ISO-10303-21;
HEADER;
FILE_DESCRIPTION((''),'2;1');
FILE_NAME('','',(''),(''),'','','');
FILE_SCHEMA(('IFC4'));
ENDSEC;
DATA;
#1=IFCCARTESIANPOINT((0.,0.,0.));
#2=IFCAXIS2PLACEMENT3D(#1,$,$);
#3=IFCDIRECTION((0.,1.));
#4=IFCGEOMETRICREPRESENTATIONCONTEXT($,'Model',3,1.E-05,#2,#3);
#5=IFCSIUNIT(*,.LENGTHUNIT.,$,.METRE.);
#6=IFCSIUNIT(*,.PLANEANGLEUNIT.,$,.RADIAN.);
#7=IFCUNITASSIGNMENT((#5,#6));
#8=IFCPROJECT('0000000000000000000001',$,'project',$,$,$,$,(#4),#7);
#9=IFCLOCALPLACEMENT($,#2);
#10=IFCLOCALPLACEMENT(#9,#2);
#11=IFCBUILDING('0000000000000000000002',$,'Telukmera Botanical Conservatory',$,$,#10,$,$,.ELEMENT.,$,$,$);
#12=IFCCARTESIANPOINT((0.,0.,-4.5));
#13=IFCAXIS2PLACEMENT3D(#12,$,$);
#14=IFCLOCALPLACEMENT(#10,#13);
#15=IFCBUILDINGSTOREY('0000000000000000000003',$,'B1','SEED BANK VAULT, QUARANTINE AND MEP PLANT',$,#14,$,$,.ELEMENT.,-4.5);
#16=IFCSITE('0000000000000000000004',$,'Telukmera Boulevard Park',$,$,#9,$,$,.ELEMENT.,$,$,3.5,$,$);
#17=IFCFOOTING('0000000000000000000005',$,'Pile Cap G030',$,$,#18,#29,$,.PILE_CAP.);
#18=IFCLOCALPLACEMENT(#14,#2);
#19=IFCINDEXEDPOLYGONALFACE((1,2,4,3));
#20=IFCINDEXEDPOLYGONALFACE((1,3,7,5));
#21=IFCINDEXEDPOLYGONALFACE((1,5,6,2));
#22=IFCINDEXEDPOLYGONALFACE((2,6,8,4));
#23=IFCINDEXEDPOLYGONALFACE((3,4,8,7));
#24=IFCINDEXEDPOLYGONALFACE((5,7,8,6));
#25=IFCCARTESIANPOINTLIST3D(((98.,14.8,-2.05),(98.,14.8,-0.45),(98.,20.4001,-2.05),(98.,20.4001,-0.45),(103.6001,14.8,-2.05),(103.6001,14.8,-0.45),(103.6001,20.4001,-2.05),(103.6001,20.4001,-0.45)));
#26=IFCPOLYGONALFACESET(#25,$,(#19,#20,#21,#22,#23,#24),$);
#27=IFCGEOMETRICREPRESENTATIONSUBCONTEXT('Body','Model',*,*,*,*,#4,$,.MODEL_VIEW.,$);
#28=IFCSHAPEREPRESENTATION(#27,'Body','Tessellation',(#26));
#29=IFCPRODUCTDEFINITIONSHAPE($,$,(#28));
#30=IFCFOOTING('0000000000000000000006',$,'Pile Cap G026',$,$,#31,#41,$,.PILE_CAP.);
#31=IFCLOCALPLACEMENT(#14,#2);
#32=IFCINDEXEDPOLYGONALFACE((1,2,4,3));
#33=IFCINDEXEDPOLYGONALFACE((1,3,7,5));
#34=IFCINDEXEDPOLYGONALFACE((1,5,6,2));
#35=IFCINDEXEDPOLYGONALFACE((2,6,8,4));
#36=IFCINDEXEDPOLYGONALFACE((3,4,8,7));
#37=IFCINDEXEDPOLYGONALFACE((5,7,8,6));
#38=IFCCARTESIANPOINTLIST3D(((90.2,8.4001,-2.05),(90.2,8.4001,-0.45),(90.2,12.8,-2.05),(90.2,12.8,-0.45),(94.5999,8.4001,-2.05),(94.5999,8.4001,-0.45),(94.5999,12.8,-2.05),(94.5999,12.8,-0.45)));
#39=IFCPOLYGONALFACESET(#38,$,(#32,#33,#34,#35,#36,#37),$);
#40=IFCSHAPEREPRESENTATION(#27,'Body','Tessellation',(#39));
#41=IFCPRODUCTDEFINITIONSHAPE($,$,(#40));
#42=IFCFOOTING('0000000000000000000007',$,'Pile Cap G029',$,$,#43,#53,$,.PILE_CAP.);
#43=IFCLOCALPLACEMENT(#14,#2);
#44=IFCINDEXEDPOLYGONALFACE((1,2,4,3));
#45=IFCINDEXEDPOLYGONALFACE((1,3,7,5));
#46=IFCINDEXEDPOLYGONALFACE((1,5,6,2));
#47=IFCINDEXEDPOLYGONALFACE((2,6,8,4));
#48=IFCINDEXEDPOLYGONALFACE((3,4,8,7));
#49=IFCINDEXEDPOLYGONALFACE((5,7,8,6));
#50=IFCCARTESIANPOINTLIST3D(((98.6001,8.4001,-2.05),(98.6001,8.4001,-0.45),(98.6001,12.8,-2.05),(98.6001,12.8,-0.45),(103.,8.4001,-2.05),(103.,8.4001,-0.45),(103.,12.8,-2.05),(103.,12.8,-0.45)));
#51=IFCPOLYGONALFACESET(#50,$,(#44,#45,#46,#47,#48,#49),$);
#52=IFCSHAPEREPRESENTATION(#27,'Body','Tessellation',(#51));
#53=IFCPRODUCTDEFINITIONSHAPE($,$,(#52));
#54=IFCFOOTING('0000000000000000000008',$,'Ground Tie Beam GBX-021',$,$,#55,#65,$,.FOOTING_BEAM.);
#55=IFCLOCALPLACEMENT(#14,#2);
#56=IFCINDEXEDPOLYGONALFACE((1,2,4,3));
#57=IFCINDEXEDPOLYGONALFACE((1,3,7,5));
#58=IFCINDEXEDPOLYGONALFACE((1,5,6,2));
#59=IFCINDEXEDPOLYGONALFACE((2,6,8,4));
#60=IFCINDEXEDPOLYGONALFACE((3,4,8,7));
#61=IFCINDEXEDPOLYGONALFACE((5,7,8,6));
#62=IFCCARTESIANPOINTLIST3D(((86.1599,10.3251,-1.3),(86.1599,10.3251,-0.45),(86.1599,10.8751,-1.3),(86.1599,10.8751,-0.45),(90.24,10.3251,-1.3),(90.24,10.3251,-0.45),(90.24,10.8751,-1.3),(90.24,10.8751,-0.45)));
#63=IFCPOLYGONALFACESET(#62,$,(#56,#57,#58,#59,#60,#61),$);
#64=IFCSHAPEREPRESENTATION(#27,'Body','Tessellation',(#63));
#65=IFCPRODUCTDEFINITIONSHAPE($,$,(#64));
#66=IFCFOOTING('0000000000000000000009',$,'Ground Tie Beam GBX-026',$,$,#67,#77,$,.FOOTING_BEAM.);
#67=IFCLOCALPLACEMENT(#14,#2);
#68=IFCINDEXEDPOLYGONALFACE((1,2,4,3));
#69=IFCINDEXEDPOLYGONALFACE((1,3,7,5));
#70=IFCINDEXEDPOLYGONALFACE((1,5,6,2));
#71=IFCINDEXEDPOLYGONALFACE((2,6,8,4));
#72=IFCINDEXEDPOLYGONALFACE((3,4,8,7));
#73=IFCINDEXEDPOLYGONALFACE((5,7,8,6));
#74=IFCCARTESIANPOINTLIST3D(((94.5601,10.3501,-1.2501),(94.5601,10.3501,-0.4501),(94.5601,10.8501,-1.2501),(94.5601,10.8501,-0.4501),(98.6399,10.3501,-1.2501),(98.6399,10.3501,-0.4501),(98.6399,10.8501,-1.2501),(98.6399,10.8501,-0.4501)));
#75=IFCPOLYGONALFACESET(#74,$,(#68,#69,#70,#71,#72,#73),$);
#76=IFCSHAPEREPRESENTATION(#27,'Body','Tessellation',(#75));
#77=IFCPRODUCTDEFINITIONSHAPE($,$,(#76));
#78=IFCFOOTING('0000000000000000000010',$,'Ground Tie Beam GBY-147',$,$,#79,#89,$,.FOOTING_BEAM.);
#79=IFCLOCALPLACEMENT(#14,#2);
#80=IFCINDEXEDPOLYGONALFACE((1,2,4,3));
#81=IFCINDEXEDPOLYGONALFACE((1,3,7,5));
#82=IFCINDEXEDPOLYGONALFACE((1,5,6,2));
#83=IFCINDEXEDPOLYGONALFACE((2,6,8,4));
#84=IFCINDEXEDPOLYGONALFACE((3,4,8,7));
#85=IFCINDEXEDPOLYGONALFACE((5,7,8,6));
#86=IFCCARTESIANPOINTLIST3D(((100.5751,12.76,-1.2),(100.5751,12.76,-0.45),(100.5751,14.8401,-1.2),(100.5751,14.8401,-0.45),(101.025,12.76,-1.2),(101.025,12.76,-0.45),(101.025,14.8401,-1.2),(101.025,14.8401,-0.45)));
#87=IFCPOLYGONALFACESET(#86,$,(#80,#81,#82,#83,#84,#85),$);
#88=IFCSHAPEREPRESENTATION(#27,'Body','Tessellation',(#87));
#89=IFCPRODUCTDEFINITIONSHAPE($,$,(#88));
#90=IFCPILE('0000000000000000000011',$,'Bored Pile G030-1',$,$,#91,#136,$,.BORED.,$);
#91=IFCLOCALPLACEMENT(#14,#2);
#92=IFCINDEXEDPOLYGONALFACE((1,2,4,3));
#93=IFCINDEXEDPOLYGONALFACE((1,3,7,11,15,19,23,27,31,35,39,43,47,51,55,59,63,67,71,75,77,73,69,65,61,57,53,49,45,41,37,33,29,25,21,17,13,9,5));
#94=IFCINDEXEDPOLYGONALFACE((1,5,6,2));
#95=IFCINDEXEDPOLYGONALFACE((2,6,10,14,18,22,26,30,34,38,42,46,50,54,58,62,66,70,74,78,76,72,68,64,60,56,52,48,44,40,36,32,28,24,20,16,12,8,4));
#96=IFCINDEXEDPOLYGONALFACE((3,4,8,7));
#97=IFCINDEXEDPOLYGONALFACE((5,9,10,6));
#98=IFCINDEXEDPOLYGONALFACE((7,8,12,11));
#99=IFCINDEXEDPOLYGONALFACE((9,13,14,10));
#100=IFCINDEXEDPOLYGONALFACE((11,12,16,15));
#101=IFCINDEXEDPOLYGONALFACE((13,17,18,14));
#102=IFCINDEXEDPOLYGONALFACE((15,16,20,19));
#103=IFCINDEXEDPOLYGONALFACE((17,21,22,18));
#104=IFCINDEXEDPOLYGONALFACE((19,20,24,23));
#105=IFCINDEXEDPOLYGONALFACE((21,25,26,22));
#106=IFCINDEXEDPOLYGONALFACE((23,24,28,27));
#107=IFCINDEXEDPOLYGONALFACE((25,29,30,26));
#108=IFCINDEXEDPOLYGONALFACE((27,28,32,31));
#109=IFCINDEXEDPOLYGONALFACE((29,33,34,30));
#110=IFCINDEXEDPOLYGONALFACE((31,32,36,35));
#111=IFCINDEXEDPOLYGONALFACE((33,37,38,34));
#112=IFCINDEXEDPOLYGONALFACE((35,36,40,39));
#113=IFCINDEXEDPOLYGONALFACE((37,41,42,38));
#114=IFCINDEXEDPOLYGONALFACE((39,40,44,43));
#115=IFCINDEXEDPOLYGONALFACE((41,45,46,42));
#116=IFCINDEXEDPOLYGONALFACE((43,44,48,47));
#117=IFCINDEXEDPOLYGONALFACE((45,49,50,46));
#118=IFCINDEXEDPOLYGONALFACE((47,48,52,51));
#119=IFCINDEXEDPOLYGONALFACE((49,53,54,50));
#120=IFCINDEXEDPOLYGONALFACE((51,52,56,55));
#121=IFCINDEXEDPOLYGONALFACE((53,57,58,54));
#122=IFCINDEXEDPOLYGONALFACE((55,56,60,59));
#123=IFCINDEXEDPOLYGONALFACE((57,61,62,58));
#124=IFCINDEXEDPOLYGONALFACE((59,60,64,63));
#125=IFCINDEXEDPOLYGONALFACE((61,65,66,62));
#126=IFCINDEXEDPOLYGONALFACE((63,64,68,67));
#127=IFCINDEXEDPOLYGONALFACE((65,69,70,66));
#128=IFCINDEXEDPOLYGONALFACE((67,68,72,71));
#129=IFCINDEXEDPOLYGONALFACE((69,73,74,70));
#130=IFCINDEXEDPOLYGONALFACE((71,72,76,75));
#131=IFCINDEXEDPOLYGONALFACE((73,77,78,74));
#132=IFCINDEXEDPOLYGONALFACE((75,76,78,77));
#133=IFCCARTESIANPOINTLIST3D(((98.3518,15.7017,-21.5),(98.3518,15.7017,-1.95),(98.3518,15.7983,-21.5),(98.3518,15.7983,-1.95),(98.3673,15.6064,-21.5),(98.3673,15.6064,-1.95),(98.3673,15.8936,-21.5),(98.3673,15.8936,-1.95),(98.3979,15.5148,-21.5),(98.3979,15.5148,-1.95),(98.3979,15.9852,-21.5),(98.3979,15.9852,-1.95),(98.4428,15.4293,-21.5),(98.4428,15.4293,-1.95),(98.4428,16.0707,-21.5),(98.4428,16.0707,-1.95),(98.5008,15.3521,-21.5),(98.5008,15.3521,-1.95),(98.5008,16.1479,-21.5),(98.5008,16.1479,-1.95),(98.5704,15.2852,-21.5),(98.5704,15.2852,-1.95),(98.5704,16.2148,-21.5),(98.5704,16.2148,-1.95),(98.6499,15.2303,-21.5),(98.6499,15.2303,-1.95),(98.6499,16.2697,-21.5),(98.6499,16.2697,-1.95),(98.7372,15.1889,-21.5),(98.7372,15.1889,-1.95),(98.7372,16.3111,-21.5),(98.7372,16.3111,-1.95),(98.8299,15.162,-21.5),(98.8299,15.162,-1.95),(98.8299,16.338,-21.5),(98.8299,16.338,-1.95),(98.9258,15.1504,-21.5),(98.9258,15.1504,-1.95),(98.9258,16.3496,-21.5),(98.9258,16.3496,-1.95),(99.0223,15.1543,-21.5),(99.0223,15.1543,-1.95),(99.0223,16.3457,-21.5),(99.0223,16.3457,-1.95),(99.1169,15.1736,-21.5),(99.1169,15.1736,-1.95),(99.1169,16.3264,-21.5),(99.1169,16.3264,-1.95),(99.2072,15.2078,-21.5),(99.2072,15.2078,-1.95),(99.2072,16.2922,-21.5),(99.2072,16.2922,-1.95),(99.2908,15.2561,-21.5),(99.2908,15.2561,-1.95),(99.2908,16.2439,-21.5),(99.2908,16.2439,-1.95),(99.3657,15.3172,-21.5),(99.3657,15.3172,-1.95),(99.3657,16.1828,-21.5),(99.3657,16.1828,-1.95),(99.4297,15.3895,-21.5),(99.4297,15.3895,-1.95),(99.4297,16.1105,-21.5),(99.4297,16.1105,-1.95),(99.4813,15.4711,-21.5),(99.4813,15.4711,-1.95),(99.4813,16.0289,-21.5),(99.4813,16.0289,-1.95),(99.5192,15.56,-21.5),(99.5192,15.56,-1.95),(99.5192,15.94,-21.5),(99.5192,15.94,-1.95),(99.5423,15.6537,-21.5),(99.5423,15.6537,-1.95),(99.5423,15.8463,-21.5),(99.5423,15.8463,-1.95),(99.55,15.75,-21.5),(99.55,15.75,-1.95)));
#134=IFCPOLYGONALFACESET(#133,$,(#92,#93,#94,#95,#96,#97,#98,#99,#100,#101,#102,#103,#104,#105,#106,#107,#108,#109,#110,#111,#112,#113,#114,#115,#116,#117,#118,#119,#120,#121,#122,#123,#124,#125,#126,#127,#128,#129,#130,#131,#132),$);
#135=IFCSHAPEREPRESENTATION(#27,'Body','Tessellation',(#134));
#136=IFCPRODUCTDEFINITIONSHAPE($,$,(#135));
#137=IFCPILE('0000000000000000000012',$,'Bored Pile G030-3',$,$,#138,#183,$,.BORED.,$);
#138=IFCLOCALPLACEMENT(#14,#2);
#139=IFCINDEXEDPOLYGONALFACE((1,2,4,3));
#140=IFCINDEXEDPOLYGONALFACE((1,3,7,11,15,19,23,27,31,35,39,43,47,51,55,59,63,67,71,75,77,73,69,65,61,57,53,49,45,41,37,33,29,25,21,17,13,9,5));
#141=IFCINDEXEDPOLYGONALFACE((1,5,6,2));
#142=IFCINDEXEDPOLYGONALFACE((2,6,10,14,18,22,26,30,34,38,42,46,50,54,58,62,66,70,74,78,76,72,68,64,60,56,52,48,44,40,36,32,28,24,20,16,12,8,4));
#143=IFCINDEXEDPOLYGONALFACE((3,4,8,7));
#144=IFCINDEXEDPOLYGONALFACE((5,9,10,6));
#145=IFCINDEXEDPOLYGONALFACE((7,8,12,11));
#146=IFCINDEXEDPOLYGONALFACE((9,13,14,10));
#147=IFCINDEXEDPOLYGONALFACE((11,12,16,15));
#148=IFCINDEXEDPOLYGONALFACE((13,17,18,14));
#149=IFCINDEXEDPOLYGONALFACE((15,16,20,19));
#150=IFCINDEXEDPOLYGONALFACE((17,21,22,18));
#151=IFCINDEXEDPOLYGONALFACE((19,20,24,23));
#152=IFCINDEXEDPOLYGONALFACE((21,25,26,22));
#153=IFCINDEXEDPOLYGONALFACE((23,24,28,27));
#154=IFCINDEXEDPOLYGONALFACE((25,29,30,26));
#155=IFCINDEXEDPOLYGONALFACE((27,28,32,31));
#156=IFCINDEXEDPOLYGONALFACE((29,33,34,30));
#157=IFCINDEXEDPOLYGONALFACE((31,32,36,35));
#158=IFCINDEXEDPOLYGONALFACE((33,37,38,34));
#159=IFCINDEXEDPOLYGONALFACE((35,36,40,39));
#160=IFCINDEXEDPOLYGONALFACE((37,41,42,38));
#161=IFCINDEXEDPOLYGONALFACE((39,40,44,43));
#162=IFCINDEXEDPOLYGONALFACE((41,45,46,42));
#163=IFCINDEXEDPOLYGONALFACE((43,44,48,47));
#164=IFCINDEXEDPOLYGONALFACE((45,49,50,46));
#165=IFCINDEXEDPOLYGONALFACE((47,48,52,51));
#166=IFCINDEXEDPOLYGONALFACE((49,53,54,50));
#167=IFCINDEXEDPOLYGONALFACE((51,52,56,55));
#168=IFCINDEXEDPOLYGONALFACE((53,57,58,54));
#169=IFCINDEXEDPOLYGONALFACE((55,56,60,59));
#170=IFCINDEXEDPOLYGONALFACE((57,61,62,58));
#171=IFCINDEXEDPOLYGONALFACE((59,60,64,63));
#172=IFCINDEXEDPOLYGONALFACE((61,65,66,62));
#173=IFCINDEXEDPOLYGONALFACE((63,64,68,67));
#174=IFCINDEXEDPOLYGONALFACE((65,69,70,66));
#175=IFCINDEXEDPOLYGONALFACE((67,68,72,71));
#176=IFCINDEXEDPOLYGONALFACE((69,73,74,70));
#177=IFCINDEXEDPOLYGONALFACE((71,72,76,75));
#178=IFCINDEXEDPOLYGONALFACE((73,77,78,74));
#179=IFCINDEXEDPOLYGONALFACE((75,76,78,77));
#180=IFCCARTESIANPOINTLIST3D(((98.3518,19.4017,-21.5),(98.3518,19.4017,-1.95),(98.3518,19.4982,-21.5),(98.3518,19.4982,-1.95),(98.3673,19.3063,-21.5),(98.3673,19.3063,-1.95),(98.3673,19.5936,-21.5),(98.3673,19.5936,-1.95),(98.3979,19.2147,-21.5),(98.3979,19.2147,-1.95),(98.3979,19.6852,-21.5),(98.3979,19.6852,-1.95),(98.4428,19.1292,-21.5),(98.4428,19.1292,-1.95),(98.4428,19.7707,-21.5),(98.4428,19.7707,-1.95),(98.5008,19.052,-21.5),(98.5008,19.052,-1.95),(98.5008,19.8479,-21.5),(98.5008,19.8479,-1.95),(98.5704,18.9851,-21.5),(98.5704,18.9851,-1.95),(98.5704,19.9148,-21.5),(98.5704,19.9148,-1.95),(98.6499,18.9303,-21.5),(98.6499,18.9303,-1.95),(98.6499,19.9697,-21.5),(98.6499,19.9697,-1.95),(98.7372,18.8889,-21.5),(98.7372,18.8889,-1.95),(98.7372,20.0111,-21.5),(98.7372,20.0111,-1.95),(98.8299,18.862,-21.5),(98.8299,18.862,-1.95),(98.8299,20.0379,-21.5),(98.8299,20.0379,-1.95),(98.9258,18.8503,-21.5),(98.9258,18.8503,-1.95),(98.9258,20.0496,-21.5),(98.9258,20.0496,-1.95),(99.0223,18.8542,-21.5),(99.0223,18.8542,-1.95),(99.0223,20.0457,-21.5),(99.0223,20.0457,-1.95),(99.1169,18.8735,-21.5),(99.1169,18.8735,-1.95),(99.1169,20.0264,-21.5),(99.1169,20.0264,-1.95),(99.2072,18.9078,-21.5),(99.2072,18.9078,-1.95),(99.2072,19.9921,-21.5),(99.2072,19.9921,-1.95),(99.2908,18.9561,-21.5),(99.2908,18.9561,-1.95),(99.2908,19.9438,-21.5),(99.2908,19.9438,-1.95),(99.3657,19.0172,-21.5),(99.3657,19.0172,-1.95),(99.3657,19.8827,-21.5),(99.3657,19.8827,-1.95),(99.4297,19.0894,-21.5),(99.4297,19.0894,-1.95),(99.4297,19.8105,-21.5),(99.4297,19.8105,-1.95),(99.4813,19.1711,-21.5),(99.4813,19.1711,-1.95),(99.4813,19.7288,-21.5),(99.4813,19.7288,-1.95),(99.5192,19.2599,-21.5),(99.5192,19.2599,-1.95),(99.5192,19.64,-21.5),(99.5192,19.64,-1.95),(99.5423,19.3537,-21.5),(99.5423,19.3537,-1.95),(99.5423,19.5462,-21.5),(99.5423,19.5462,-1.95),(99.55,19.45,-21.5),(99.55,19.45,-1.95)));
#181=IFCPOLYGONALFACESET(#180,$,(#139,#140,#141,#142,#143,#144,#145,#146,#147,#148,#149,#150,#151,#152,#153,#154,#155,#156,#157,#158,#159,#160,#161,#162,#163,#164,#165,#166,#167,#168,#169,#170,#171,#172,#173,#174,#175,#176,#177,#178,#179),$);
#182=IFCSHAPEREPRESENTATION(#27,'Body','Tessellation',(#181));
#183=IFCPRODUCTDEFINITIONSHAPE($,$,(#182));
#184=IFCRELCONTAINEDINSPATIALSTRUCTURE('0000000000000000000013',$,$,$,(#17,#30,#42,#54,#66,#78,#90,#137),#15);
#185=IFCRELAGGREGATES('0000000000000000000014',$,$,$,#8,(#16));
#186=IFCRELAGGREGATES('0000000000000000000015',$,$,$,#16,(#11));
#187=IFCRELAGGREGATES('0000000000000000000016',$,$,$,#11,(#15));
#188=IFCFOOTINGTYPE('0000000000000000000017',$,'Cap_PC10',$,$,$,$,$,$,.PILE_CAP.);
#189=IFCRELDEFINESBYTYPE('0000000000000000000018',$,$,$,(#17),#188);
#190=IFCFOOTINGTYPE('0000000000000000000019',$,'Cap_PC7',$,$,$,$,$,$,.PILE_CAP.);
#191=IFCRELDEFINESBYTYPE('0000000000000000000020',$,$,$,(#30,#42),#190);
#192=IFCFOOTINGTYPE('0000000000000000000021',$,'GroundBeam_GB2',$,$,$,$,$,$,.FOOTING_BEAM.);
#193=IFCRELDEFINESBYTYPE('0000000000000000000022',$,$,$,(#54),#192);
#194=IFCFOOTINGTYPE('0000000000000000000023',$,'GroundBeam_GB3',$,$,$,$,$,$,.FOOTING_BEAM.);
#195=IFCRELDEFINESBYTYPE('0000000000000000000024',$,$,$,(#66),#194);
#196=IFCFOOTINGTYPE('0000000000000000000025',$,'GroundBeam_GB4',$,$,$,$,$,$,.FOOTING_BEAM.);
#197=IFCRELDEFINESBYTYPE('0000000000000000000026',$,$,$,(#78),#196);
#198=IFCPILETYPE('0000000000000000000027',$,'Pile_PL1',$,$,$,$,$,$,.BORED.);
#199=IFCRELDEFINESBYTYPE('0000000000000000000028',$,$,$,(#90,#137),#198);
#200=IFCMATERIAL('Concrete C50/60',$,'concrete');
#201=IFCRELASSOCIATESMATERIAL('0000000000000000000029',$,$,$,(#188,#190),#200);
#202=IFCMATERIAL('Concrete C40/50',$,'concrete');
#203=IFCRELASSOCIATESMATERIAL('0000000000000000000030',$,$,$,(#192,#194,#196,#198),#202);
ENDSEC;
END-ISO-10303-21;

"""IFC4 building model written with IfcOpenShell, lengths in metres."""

from ifc_helpers import new_model, si_unit, direction, frame, origin, origin_2d, place, context, subcontext, project, spatial, rectangle, circle, extrude, material, material_profile, profile_set, type_object, element, save


model = new_model("IFC4")

# Units and contexts
model_context = context("Model", 3, precision=1e-05, world=origin(), true_north=direction((0.0, 1.0)))
body_context = subcontext(model_context, "Body", "Model", "MODEL_VIEW")
ifc_project = project(units=[si_unit("LENGTHUNIT", "METRE"), si_unit("PLANEANGLEUNIT", "RADIAN")], contexts=[model_context])

# Site, building, storey
site_placement = place(None, origin())
site = spatial("IfcSite", under=ifc_project, at=site_placement, Name="Telukmera Boulevard Park", CompositionType="ELEMENT", RefElevation=3.5)
building_placement = place(site_placement, origin())
building = spatial("IfcBuilding", under=site, at=building_placement, Name="Telukmera Botanical Conservatory", CompositionType="ELEMENT")
storey_placement = place(building_placement, frame((0.0, 0.0, -4.5)))
storey = spatial("IfcBuildingStorey", under=building, at=storey_placement, Name="B1", Description="SEED BANK VAULT, QUARANTINE AND MEP PLANT", CompositionType="ELEMENT", Elevation=-4.5)

# Footings
ifc_material_1 = material(Name="Concrete C50/60", Category="concrete")
footing_type_1 = type_object("IfcFootingType", Name="Cap_PC10", PredefinedType="PILE_CAP", material=ifc_material_1)
footing_1_placement = place(storey_placement, frame((100.8, 17.6001, -2.05), z_axis=(0.0, 0.0, 1.0), x_axis=(1.0, 0.0, 0.0)))
element("IfcFooting", 1, at=footing_1_placement, inside=storey, type_object=footing_type_1, Name="Pile Cap G030", PredefinedType="PILE_CAP", context=body_context, shape_type="SweptSolid", body=[
    extrude(rectangle(XDim=5.6001, YDim=5.6001, at=origin_2d()), origin(), (0.0, 0.0, 1.0), 1.6001),
])
footing_type_2 = type_object("IfcFootingType", Name="Cap_PC7", PredefinedType="PILE_CAP", material=ifc_material_1)
for number, where, z_axis, x_axis, name in (
    (2, (92.3999, 10.6001, -2.05), (0.0, 0.0, 1.0), (1.0, 0.0, 0.0), "Pile Cap G026"),
    (3, (100.8, 10.6001, -2.05), (0.0, 0.0, 1.0), (1.0, 0.0, 0.0), "Pile Cap G029"),
):
    element("IfcFooting", number, at=place(storey_placement, frame(where, z_axis=z_axis, x_axis=x_axis)), inside=storey, type_object=footing_type_2, Name=name, PredefinedType="PILE_CAP", context=body_context, shape_type="SweptSolid", body=[
        extrude(rectangle(XDim=4.3999, YDim=4.3999, at=origin_2d()), origin(), (0.0, 0.0, 1.0), 1.6001),
    ])
ifc_material_2 = material(Name="Concrete C40/50", Category="concrete")
ifc_material_profile_1 = material_profile(ifc_material_2, rectangle(XDim=0.55, YDim=0.8501, at=origin_2d()), Name="RC 550x850")
ifc_profile_set_1 = profile_set([ifc_material_profile_1], Name="Concrete C40/50")
footing_type_3 = type_object("IfcFootingType", Name="GroundBeam_GB2", PredefinedType="FOOTING_BEAM", material=ifc_profile_set_1)
footing_2_placement = place(storey_placement, frame((86.1599, 10.6001, -0.875), z_axis=(1.0, 0.0, 0.0), x_axis=(0.0, 1.0, 0.0)))
element("IfcFooting", 4, at=footing_2_placement, inside=storey, type_object=footing_type_3, Name="Ground Tie Beam GBX-021", PredefinedType="FOOTING_BEAM", context=body_context, shape_type="SweptSolid", body=[
    extrude(rectangle(XDim=0.55, YDim=0.8501, at=origin_2d()), origin(), (0.0, 0.0, 1.0), 4.0801),
])
ifc_material_profile_2 = material_profile(ifc_material_2, rectangle(XDim=0.5, YDim=0.8, at=origin_2d()), Name="RC 500x800")
ifc_profile_set_2 = profile_set([ifc_material_profile_2], Name="Concrete C40/50")
footing_type_4 = type_object("IfcFootingType", Name="GroundBeam_GB3", PredefinedType="FOOTING_BEAM", material=ifc_profile_set_2)
footing_3_placement = place(storey_placement, frame((94.5601, 10.6001, -0.8501), z_axis=(1.0, 0.0, 0.0), x_axis=(0.0, 1.0, 0.0)))
element("IfcFooting", 5, at=footing_3_placement, inside=storey, type_object=footing_type_4, Name="Ground Tie Beam GBX-026", PredefinedType="FOOTING_BEAM", context=body_context, shape_type="SweptSolid", body=[
    extrude(rectangle(XDim=0.5, YDim=0.8, at=origin_2d()), origin(), (0.0, 0.0, 1.0), 4.0798),
])
ifc_material_profile_3 = material_profile(ifc_material_2, rectangle(XDim=0.45, YDim=0.75, at=origin_2d()), Name="RC 450x750")
ifc_profile_set_3 = profile_set([ifc_material_profile_3], Name="Concrete C40/50")
footing_type_5 = type_object("IfcFootingType", Name="GroundBeam_GB4", PredefinedType="FOOTING_BEAM", material=ifc_profile_set_3)
footing_4_placement = place(storey_placement, frame((100.8, 12.76, -0.825), z_axis=(0.0, 1.0, 0.0), x_axis=(-1.0, 0.0, 0.0)))
element("IfcFooting", 6, at=footing_4_placement, inside=storey, type_object=footing_type_5, Name="Ground Tie Beam GBY-147", PredefinedType="FOOTING_BEAM", context=body_context, shape_type="SweptSolid", body=[
    extrude(rectangle(XDim=0.45, YDim=0.75, at=origin_2d()), origin(), (0.0, 0.0, 1.0), 2.0801),
])

# Piles
ifc_material_profile_4 = material_profile(ifc_material_2, circle(Radius=0.6001, at=origin_2d()), Name="PILE D1200")
ifc_profile_set_4 = profile_set([ifc_material_profile_4], Name="Concrete C40/50")
pile_type_1 = type_object("IfcPileType", Name="Pile_PL1", PredefinedType="BORED", material=ifc_profile_set_4)
for number, where, z_axis, x_axis, name in (
    (7, (98.95, 15.75, -1.95), (0.0, 0.0, -1.0), (1.0, 0.0, 0.0), "Bored Pile G030-1"),
    (8, (98.95, 19.45, -1.95), (0.0, 0.0, -1.0), (1.0, 0.0, 0.0), "Bored Pile G030-3"),
):
    element("IfcPile", number, at=place(storey_placement, frame(where, z_axis=z_axis, x_axis=x_axis)), inside=storey, type_object=pile_type_1, Name=name, PredefinedType="BORED", context=body_context, shape_type="SweptSolid", body=[
        extrude(circle(Radius=0.6001, at=origin_2d()), origin(), (0.0, 0.0, 1.0), 19.55),
    ])

save(model, "model.ifc")
